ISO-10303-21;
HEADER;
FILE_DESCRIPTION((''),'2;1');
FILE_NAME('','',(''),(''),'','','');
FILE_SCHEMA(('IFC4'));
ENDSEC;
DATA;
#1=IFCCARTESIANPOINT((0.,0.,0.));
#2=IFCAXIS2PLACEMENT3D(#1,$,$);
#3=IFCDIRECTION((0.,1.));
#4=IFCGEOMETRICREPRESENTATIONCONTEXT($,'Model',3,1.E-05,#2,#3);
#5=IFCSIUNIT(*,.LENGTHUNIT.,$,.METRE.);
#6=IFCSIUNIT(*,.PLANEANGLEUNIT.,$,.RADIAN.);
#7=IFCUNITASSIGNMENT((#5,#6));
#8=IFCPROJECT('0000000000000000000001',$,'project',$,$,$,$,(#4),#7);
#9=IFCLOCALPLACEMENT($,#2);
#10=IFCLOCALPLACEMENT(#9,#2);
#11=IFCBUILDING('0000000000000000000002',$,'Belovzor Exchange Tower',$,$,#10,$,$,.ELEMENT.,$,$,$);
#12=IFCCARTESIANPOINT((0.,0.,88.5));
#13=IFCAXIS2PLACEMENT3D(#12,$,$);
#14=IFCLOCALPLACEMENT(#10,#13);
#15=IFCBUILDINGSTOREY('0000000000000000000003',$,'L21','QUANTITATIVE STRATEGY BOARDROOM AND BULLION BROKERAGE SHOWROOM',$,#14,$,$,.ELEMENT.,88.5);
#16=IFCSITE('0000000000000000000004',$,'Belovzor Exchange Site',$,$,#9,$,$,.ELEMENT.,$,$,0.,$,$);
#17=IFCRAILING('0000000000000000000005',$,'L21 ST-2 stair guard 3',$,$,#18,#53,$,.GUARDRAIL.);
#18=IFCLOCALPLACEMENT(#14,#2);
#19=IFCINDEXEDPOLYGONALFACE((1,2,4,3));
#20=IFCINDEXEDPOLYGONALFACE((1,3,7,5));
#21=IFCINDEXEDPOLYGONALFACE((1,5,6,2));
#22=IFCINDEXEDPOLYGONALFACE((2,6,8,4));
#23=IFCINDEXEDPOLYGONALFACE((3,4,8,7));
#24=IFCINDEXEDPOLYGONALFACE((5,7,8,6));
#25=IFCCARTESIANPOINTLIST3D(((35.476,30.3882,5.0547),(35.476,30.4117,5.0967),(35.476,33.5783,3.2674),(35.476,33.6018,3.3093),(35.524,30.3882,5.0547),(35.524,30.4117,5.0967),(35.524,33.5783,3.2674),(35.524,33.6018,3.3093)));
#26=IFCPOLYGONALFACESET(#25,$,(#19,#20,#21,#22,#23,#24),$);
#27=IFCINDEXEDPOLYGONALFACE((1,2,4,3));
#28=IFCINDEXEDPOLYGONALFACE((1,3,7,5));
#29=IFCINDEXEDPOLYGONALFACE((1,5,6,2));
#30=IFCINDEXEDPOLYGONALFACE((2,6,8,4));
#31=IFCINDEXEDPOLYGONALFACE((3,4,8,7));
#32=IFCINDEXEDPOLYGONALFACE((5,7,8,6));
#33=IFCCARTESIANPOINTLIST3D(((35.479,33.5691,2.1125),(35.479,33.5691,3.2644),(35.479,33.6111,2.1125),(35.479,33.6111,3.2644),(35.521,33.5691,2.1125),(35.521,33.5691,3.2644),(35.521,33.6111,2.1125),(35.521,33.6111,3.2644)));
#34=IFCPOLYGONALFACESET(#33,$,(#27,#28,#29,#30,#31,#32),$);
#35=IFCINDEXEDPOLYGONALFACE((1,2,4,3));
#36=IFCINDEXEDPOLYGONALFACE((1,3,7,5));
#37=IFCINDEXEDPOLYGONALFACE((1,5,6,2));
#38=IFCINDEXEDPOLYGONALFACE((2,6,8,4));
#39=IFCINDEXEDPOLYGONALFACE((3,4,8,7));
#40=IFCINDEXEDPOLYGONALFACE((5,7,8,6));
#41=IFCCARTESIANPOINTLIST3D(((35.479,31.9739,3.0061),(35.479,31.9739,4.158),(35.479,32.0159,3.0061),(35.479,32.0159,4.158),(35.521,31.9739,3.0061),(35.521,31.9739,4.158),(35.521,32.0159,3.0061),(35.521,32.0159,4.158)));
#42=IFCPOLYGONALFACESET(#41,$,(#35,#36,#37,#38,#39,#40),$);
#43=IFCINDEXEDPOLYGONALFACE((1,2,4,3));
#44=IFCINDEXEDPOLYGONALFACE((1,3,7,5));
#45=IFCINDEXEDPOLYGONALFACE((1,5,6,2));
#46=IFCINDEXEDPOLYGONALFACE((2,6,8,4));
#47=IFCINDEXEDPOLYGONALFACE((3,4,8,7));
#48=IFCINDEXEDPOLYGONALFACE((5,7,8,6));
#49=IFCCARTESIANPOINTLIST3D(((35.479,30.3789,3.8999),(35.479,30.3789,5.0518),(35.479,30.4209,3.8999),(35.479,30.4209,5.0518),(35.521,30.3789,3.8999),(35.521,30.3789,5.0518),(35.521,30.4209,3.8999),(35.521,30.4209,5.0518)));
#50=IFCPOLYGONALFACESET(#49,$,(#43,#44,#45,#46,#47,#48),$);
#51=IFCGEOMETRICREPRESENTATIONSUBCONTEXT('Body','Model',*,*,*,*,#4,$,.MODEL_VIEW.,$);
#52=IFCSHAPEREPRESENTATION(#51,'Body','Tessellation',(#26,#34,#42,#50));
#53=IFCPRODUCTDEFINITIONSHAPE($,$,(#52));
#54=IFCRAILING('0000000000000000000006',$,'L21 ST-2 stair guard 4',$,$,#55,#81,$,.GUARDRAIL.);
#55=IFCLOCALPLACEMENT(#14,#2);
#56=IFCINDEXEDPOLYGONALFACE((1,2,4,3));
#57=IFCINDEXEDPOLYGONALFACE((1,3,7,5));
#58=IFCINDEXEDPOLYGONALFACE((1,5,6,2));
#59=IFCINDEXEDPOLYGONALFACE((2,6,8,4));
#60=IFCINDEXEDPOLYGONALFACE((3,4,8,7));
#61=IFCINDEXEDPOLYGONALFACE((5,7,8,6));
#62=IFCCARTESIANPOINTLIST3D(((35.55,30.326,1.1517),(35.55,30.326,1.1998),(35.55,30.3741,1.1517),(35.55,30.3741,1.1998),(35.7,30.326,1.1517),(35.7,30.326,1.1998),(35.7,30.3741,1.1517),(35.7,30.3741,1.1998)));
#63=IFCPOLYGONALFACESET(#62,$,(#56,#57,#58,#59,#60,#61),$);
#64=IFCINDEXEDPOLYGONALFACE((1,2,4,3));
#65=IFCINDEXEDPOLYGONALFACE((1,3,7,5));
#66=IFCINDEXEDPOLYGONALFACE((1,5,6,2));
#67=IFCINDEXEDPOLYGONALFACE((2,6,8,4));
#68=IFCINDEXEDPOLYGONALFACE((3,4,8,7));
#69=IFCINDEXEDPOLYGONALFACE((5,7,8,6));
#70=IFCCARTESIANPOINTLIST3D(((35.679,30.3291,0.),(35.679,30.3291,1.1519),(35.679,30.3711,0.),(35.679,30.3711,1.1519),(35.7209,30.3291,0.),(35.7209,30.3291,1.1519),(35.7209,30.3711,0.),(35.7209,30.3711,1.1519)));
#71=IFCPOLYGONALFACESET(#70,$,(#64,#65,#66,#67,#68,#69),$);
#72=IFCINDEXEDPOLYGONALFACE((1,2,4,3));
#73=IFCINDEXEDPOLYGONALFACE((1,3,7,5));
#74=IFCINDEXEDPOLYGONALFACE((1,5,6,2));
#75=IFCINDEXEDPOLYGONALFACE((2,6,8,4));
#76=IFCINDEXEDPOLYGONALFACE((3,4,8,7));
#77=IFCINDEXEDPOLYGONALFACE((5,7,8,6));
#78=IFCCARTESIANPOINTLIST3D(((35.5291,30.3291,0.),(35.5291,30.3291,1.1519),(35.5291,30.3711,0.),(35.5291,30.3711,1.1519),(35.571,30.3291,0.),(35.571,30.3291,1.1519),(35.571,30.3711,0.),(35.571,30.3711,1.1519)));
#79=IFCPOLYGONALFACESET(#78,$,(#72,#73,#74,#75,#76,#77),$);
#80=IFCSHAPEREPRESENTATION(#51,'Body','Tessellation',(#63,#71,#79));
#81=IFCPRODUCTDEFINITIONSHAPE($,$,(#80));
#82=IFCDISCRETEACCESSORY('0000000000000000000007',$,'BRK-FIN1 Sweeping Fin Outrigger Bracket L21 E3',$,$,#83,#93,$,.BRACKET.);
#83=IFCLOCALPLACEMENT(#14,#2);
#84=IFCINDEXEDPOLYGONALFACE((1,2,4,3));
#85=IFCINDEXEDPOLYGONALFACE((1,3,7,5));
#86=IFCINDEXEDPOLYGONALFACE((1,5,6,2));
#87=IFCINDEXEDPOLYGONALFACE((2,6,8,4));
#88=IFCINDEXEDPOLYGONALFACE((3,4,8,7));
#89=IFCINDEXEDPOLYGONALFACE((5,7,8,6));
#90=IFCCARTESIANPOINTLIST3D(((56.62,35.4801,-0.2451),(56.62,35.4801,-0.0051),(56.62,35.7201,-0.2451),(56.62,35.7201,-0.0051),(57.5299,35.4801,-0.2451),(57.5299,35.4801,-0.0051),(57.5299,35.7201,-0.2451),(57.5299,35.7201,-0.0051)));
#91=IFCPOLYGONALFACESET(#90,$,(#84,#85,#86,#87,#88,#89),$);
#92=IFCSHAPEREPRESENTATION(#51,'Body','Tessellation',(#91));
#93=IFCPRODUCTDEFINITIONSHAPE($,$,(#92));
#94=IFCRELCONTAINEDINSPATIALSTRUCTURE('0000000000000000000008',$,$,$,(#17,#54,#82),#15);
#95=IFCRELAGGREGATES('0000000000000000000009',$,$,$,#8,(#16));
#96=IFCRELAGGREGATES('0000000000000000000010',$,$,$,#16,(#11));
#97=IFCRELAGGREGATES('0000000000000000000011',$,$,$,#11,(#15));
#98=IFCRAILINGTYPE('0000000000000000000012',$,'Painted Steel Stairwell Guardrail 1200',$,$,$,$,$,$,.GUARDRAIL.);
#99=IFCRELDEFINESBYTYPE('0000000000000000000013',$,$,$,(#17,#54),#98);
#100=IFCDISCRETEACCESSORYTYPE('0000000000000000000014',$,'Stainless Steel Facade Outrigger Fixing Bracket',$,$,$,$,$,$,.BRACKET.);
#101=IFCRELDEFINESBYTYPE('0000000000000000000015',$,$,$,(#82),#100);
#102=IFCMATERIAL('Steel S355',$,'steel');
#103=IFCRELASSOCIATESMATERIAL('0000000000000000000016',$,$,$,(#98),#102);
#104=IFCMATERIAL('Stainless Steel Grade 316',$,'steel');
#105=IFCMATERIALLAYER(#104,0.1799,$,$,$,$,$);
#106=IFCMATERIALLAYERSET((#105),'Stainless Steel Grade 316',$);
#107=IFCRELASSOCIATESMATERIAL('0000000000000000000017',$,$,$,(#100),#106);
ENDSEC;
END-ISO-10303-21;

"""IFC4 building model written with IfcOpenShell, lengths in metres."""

from ifc_helpers import new_model, si_unit, direction, frame, origin, origin_2d, place, context, subcontext, project, spatial, rectangle, extrude, material, layer, layer_set, type_object, element, save


model = new_model("IFC4")

# Units and contexts
model_context = context("Model", 3, precision=1e-05, world=origin(), true_north=direction((0.0, 1.0)))
body_context = subcontext(model_context, "Body", "Model", "MODEL_VIEW")
ifc_project = project(units=[si_unit("LENGTHUNIT", "METRE"), si_unit("PLANEANGLEUNIT", "RADIAN")], contexts=[model_context])

# Site, building, storey
site_placement = place(None, origin())
site = spatial("IfcSite", under=ifc_project, at=site_placement, Name="Belovzor Exchange Site", CompositionType="ELEMENT", RefElevation=0.0)
building_placement = place(site_placement, origin())
building = spatial("IfcBuilding", under=site, at=building_placement, Name="Belovzor Exchange Tower", CompositionType="ELEMENT")
storey_placement = place(building_placement, frame((0.0, 0.0, 88.5)))
storey = spatial("IfcBuildingStorey", under=building, at=storey_placement, Name="L21", Description="QUANTITATIVE STRATEGY BOARDROOM AND BULLION BROKERAGE SHOWROOM", CompositionType="ELEMENT", Elevation=88.5)

# Railings
ifc_material_1 = material(Name="Steel S355", Category="steel")
railing_type_1 = type_object("IfcRailingType", Name="Painted Steel Stairwell Guardrail 1200", PredefinedType="GUARDRAIL", material=ifc_material_1)
railing_1_placement = place(storey_placement, frame((35.5, 33.5901, 2.1125)))
element("IfcRailing", 1, at=railing_1_placement, inside=storey, type_object=railing_type_1, Name="L21 ST-2 stair guard 3", PredefinedType="GUARDRAIL", context=body_context, shape_type="SweptSolid", body=[
    extrude(rectangle(XDim=0.0481, YDim=0.0481, at=origin_2d()), frame((0.0, 0.0, 1.1758), z_axis=(0.0, -0.872407, 0.48878), x_axis=(1.0, 0.0, 0.0)), (0.0, 0.0, 1.0), 3.6567),
    extrude(rectangle(XDim=0.042, YDim=0.042, at=origin_2d()), origin(), (0.0, 0.0, 1.0), 1.1519),
    extrude(rectangle(XDim=0.042, YDim=0.042, at=origin_2d()), frame((0.0, -1.5952, 0.8936)), (0.0, 0.0, 1.0), 1.1519),
    extrude(rectangle(XDim=0.042, YDim=0.042, at=origin_2d()), frame((0.0, -3.1902, 1.7874)), (0.0, 0.0, 1.0), 1.1519),
])
railing_2_placement = place(storey_placement, frame((35.7, 30.3501, 0.0)))
element("IfcRailing", 2, at=railing_2_placement, inside=storey, type_object=railing_type_1, Name="L21 ST-2 stair guard 4", PredefinedType="GUARDRAIL", context=body_context, shape_type="SweptSolid", body=[
    extrude(rectangle(XDim=0.0481, YDim=0.0481, at=origin_2d()), frame((0.0, 0.0, 1.1758), z_axis=(-1.0, 0.0, 0.0), x_axis=(0.0, -1.0, 0.0)), (0.0, 0.0, 1.0), 0.1499),
    extrude(rectangle(XDim=0.042, YDim=0.042, at=origin_2d()), origin(), (0.0, 0.0, 1.0), 1.1519),
    extrude(rectangle(XDim=0.042, YDim=0.042, at=origin_2d()), frame((-0.1499, 0.0, 0.0)), (0.0, 0.0, 1.0), 1.1519),
])

# Discrete accessory
ifc_material_2 = material(Name="Stainless Steel Grade 316", Category="steel")
ifc_layer_1 = layer(ifc_material_2, 0.1799)
ifc_layer_set_1 = layer_set([ifc_layer_1], Name="Stainless Steel Grade 316")
discrete_accessory_type = type_object("IfcDiscreteAccessoryType", Name="Stainless Steel Facade Outrigger Fixing Bracket", PredefinedType="BRACKET", material=ifc_layer_set_1)
discrete_accessory_placement = place(storey_placement, frame((57.075, 35.6001, -0.2451), z_axis=(0.0, 0.0, 1.0), x_axis=(1.0, 0.0, 0.0)))
element("IfcDiscreteAccessory", 3, at=discrete_accessory_placement, inside=storey, type_object=discrete_accessory_type, Name="BRK-FIN1 Sweeping Fin Outrigger Bracket L21 E3", PredefinedType="BRACKET", context=body_context, shape_type="SweptSolid", body=[
    extrude(rectangle(XDim=0.9099, YDim=0.24, at=origin_2d()), origin(), (0.0, 0.0, 1.0), 0.24),
])

save(model, "model.ifc")
